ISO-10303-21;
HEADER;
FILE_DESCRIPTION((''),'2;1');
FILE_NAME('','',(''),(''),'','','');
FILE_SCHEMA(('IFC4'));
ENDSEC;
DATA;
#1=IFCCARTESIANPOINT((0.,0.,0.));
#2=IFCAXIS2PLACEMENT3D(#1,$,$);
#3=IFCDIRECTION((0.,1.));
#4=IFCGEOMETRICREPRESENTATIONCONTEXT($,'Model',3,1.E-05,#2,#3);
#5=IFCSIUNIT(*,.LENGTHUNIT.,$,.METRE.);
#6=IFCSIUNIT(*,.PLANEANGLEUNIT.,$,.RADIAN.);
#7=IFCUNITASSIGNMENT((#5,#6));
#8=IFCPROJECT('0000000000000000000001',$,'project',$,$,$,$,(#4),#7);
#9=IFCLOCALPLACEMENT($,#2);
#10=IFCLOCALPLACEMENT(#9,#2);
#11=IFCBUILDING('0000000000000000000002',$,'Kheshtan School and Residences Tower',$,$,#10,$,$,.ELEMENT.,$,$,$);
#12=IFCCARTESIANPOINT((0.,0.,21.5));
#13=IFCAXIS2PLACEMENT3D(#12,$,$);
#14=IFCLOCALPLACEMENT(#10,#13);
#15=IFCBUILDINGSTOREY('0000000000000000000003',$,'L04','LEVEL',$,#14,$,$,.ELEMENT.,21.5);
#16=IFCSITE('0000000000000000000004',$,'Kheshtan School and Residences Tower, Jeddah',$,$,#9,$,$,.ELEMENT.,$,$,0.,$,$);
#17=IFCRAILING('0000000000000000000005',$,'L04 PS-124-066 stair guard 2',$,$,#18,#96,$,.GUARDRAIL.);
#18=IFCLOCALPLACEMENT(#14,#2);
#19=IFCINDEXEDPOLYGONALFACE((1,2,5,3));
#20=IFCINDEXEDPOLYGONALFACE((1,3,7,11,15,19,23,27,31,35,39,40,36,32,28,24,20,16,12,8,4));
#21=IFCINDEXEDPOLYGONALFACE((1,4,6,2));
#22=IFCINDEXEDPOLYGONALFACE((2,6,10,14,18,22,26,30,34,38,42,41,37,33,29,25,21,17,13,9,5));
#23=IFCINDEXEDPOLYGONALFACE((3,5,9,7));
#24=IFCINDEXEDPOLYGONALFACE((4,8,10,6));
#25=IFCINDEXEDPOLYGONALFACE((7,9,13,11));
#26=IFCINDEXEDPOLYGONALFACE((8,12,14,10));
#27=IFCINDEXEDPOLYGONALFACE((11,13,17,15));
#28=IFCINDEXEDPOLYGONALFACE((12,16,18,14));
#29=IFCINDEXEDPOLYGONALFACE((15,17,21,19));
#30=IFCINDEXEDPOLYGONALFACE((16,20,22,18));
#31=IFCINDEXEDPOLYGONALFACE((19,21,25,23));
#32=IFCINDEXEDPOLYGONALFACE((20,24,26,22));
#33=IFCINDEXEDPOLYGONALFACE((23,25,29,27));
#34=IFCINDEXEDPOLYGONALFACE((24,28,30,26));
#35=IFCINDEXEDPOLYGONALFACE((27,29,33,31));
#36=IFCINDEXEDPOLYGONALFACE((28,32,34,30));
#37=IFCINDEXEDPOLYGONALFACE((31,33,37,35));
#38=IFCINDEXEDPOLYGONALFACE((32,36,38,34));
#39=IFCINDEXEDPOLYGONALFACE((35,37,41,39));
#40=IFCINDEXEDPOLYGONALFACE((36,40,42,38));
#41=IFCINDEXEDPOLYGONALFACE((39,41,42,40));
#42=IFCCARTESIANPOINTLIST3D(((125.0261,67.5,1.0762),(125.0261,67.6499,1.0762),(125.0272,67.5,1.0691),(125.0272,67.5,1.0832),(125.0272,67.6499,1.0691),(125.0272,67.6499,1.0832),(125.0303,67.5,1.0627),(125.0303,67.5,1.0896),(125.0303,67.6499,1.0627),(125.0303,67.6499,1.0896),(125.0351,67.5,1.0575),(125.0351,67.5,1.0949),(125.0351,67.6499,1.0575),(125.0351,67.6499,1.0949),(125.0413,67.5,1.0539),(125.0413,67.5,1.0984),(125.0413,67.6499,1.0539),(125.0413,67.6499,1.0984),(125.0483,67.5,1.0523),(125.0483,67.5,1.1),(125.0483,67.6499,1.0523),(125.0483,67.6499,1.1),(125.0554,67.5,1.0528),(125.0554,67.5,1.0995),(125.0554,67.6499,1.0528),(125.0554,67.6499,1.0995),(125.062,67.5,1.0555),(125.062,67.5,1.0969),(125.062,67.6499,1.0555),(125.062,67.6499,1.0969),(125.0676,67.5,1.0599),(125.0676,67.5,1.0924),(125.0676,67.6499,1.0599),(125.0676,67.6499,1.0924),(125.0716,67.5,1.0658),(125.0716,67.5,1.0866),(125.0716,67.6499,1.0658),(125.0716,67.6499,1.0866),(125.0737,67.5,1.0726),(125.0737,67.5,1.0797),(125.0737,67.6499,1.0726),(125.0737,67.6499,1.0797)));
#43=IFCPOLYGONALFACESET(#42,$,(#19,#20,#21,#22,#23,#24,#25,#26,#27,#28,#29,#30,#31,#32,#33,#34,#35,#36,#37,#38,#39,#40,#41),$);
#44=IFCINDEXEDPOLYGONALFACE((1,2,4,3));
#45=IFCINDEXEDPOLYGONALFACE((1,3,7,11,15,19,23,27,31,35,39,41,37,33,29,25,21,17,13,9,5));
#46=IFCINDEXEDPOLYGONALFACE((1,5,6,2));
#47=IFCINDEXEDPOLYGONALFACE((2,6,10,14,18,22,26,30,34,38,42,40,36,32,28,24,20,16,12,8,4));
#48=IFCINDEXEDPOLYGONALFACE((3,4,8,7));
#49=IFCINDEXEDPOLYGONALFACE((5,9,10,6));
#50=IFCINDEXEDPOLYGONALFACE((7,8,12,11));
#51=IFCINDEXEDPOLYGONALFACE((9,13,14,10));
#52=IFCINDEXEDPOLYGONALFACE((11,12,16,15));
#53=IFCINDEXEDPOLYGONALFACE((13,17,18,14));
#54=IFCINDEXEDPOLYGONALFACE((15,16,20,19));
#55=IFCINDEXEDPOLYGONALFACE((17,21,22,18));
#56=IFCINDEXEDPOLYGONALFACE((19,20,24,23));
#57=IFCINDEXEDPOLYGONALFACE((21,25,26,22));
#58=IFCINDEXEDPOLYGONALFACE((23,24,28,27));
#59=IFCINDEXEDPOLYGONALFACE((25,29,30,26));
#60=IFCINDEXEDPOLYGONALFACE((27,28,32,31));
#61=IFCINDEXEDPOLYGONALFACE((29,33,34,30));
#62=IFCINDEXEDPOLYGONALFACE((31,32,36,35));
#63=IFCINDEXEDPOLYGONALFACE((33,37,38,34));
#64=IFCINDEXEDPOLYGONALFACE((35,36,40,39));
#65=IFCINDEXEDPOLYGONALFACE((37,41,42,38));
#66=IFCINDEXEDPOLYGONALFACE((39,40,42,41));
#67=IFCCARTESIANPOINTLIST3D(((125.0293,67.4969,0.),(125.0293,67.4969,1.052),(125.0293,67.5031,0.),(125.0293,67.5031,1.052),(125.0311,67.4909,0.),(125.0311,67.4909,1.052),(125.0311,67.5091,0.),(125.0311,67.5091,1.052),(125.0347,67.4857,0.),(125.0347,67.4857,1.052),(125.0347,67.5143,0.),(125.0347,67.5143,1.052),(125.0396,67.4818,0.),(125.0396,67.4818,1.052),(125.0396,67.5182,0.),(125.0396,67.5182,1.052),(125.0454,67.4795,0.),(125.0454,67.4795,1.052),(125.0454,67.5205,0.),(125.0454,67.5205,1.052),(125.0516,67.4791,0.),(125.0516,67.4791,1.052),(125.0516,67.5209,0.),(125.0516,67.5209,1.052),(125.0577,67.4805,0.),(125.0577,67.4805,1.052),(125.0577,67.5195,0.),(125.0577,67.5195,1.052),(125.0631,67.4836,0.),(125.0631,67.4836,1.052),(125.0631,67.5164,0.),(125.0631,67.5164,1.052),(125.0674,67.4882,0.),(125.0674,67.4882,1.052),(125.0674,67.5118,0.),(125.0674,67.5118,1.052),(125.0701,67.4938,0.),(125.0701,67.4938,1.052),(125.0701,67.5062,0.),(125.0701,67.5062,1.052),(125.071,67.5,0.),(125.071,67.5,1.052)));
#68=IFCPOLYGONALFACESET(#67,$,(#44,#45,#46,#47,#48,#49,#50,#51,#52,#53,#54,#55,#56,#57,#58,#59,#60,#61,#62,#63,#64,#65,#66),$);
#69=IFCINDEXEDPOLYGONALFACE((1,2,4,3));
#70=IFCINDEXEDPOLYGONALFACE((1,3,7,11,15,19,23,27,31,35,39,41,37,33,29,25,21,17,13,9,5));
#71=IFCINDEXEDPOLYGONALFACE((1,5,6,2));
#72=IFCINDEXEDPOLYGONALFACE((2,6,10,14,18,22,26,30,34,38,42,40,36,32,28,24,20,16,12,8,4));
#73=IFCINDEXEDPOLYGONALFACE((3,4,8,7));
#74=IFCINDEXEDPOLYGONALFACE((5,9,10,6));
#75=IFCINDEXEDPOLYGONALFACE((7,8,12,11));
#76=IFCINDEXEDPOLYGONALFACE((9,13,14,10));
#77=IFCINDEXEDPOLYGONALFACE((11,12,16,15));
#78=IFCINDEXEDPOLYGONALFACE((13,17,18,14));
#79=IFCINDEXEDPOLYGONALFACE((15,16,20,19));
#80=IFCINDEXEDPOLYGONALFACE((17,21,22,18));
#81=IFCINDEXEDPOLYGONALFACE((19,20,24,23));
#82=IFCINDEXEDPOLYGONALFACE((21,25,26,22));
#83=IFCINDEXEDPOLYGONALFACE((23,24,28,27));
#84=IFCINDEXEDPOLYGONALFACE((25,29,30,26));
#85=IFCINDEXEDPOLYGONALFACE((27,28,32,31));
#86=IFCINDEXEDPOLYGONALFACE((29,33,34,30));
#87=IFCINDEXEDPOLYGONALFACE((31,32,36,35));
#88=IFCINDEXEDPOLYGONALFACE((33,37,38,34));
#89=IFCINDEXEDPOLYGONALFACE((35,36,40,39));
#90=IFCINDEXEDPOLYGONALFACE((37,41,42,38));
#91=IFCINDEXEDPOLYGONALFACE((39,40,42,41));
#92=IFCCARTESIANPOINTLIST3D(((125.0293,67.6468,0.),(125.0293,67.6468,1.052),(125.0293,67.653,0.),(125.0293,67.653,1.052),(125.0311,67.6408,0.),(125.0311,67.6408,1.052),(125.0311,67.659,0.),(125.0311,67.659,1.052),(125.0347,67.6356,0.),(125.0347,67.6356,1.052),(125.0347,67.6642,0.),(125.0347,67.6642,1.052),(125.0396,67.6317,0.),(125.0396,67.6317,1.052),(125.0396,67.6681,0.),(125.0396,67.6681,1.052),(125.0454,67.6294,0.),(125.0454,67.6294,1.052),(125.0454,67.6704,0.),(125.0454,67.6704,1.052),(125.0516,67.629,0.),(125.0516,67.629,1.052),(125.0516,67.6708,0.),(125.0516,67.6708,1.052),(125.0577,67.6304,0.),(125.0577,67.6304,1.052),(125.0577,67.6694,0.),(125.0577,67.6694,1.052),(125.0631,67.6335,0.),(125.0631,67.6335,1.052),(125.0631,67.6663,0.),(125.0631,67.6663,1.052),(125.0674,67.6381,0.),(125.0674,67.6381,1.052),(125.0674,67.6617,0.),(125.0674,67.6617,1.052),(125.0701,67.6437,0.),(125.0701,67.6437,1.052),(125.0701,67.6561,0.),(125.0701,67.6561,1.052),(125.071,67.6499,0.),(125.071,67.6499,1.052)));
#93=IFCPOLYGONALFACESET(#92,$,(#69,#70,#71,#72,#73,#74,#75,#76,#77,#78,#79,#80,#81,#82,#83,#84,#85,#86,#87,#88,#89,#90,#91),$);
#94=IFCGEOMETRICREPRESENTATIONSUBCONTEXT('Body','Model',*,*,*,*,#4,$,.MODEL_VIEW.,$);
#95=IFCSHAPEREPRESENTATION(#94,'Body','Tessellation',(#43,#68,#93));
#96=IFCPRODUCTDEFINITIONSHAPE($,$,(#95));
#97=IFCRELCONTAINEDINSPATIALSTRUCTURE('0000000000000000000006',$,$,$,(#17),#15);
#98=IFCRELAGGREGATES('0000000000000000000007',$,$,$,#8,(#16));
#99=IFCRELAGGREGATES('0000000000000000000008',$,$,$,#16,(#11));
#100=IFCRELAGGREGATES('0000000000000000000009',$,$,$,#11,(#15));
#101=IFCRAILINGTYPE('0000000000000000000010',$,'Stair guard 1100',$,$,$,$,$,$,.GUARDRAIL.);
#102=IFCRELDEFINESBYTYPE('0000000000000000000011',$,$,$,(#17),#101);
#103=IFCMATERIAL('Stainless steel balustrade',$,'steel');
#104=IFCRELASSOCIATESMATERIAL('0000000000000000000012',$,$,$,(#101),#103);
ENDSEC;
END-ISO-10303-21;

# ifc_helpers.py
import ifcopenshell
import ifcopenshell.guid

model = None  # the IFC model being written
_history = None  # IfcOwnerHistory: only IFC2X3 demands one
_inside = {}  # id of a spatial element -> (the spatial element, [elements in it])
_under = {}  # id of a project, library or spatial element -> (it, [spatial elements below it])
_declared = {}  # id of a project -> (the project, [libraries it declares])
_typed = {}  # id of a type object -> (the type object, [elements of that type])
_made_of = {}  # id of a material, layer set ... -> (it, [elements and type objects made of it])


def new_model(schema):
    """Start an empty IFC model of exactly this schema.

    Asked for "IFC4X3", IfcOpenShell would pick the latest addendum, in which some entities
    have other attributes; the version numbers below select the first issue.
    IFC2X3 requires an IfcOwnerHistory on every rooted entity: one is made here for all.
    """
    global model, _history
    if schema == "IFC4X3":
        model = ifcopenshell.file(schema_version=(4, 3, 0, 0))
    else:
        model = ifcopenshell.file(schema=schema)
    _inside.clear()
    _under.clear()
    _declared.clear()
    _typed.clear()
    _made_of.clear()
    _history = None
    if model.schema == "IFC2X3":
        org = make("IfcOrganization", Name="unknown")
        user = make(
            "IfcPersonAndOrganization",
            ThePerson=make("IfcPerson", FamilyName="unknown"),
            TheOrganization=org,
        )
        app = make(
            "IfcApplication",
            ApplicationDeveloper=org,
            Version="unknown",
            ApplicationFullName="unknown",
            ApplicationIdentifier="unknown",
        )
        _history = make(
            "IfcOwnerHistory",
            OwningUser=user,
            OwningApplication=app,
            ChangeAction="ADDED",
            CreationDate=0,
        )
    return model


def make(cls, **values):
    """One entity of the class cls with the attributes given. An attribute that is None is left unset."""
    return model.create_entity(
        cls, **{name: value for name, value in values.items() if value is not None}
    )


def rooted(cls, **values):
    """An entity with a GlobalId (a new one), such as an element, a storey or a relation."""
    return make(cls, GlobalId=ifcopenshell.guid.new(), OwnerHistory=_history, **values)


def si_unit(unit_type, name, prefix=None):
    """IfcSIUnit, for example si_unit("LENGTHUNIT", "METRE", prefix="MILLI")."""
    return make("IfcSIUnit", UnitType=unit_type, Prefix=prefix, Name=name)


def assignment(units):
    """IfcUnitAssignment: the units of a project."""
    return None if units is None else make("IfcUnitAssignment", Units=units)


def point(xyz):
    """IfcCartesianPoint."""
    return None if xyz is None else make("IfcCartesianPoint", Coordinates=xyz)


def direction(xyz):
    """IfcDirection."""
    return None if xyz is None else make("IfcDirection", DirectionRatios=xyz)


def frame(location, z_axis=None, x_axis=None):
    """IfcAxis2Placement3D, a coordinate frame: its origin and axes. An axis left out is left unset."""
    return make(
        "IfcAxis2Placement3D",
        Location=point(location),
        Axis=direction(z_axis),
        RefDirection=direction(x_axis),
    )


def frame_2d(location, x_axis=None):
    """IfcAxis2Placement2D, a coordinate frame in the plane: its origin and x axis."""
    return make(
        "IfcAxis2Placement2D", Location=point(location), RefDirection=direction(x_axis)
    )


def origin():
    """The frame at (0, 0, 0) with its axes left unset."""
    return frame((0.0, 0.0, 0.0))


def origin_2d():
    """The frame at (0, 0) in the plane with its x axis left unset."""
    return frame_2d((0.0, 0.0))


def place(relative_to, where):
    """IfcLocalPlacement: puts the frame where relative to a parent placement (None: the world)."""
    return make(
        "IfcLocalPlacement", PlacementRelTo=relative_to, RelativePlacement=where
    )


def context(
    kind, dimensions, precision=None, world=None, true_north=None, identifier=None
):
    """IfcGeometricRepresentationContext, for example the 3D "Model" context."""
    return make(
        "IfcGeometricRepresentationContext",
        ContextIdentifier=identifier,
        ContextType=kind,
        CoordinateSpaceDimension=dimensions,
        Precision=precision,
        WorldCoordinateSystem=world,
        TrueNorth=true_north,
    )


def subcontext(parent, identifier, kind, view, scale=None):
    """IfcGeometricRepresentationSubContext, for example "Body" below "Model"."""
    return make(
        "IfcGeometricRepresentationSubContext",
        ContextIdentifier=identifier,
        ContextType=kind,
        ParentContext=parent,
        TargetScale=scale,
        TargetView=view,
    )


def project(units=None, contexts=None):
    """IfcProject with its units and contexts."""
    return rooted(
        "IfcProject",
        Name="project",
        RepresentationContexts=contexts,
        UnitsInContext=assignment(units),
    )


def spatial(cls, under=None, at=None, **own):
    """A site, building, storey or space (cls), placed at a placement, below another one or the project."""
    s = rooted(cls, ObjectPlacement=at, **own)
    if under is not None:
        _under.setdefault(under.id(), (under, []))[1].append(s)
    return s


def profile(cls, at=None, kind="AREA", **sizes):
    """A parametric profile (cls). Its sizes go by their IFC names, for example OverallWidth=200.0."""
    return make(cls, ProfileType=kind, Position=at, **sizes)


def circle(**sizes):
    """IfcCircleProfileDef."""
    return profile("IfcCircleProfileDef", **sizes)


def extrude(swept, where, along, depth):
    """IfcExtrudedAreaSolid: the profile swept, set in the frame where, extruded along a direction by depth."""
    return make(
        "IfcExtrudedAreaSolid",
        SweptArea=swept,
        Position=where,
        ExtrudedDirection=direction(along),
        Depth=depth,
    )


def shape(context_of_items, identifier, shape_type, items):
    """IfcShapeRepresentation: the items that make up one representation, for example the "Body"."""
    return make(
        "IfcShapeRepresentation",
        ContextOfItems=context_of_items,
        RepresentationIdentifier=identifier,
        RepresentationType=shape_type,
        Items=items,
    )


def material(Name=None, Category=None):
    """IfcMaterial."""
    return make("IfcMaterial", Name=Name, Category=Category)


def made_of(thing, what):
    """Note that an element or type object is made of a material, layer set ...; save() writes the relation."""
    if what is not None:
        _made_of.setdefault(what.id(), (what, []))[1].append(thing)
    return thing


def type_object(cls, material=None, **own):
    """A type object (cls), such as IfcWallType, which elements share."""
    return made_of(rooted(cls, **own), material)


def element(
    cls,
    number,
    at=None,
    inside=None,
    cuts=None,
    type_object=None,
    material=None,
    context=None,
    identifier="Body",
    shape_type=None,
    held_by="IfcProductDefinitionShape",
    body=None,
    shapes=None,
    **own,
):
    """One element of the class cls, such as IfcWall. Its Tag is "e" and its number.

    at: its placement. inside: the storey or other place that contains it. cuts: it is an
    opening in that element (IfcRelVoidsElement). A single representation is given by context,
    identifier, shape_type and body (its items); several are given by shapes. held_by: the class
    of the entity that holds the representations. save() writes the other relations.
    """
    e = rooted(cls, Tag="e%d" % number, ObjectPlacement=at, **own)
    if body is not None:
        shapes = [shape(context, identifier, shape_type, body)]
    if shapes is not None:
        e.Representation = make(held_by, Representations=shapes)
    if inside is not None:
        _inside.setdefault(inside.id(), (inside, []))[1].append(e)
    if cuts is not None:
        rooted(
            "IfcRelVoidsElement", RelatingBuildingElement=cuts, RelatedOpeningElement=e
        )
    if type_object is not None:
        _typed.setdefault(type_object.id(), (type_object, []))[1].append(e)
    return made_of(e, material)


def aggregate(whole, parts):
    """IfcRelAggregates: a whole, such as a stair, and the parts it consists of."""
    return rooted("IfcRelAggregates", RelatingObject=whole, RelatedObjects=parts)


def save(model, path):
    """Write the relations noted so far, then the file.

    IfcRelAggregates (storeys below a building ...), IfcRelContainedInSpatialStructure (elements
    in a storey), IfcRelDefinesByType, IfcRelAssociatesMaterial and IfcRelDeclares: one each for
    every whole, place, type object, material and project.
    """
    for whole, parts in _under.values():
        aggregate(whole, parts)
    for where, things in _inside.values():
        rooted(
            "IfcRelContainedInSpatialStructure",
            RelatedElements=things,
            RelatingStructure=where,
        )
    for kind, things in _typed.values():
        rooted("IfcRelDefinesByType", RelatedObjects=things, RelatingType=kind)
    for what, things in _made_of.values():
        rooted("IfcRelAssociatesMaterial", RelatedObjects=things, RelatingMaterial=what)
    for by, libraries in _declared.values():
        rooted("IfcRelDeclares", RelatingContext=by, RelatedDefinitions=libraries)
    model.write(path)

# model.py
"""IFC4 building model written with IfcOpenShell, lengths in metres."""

from ifc_helpers import new_model, si_unit, direction, frame, origin, origin_2d, place, context, subcontext, project, spatial, circle, extrude, material, type_object, element, save


model = new_model("IFC4")

# Units and contexts
model_context = context("Model", 3, precision=1e-05, world=origin(), true_north=direction((0.0, 1.0)))
body_context = subcontext(model_context, "Body", "Model", "MODEL_VIEW")
ifc_project = project(units=[si_unit("LENGTHUNIT", "METRE"), si_unit("PLANEANGLEUNIT", "RADIAN")], contexts=[model_context])

# Site, building, storey
site_placement = place(None, origin())
site = spatial("IfcSite", under=ifc_project, at=site_placement, Name="Kheshtan School and Residences Tower, Jeddah", CompositionType="ELEMENT", RefElevation=0.0)
building_placement = place(site_placement, origin())
building = spatial("IfcBuilding", under=site, at=building_placement, Name="Kheshtan School and Residences Tower", CompositionType="ELEMENT")
storey_placement = place(building_placement, frame((0.0, 0.0, 21.5)))
storey = spatial("IfcBuildingStorey", under=building, at=storey_placement, Name="L04", Description="LEVEL", CompositionType="ELEMENT", Elevation=21.5)

# Railing
ifc_material_1 = material(Name="Stainless steel balustrade", Category="steel")
railing_type_1 = type_object("IfcRailingType", Name="Stair guard 1100", PredefinedType="GUARDRAIL", material=ifc_material_1)
railing_1_placement = place(storey_placement, frame((125.05, 67.5, 0.0)))
element("IfcRailing", 1, at=railing_1_placement, inside=storey, type_object=railing_type_1, Name="L04 PS-124-066 stair guard 2", PredefinedType="GUARDRAIL", context=body_context, shape_type="SweptSolid", body=[
    extrude(circle(Radius=0.0239, at=origin_2d()), frame((0.0, 0.0, 1.0762), z_axis=(0.0, 1.0, 0.0), x_axis=(-1.0, 0.0, 0.0)), (0.0, 0.0, 1.0), 0.1499),
    extrude(circle(Radius=0.021, at=origin_2d()), origin(), (0.0, 0.0, 1.0), 1.052),
    extrude(circle(Radius=0.021, at=origin_2d()), frame((0.0, 0.1499, 0.0)), (0.0, 0.0, 1.0), 1.052),
])

save(model, "model.ifc")
